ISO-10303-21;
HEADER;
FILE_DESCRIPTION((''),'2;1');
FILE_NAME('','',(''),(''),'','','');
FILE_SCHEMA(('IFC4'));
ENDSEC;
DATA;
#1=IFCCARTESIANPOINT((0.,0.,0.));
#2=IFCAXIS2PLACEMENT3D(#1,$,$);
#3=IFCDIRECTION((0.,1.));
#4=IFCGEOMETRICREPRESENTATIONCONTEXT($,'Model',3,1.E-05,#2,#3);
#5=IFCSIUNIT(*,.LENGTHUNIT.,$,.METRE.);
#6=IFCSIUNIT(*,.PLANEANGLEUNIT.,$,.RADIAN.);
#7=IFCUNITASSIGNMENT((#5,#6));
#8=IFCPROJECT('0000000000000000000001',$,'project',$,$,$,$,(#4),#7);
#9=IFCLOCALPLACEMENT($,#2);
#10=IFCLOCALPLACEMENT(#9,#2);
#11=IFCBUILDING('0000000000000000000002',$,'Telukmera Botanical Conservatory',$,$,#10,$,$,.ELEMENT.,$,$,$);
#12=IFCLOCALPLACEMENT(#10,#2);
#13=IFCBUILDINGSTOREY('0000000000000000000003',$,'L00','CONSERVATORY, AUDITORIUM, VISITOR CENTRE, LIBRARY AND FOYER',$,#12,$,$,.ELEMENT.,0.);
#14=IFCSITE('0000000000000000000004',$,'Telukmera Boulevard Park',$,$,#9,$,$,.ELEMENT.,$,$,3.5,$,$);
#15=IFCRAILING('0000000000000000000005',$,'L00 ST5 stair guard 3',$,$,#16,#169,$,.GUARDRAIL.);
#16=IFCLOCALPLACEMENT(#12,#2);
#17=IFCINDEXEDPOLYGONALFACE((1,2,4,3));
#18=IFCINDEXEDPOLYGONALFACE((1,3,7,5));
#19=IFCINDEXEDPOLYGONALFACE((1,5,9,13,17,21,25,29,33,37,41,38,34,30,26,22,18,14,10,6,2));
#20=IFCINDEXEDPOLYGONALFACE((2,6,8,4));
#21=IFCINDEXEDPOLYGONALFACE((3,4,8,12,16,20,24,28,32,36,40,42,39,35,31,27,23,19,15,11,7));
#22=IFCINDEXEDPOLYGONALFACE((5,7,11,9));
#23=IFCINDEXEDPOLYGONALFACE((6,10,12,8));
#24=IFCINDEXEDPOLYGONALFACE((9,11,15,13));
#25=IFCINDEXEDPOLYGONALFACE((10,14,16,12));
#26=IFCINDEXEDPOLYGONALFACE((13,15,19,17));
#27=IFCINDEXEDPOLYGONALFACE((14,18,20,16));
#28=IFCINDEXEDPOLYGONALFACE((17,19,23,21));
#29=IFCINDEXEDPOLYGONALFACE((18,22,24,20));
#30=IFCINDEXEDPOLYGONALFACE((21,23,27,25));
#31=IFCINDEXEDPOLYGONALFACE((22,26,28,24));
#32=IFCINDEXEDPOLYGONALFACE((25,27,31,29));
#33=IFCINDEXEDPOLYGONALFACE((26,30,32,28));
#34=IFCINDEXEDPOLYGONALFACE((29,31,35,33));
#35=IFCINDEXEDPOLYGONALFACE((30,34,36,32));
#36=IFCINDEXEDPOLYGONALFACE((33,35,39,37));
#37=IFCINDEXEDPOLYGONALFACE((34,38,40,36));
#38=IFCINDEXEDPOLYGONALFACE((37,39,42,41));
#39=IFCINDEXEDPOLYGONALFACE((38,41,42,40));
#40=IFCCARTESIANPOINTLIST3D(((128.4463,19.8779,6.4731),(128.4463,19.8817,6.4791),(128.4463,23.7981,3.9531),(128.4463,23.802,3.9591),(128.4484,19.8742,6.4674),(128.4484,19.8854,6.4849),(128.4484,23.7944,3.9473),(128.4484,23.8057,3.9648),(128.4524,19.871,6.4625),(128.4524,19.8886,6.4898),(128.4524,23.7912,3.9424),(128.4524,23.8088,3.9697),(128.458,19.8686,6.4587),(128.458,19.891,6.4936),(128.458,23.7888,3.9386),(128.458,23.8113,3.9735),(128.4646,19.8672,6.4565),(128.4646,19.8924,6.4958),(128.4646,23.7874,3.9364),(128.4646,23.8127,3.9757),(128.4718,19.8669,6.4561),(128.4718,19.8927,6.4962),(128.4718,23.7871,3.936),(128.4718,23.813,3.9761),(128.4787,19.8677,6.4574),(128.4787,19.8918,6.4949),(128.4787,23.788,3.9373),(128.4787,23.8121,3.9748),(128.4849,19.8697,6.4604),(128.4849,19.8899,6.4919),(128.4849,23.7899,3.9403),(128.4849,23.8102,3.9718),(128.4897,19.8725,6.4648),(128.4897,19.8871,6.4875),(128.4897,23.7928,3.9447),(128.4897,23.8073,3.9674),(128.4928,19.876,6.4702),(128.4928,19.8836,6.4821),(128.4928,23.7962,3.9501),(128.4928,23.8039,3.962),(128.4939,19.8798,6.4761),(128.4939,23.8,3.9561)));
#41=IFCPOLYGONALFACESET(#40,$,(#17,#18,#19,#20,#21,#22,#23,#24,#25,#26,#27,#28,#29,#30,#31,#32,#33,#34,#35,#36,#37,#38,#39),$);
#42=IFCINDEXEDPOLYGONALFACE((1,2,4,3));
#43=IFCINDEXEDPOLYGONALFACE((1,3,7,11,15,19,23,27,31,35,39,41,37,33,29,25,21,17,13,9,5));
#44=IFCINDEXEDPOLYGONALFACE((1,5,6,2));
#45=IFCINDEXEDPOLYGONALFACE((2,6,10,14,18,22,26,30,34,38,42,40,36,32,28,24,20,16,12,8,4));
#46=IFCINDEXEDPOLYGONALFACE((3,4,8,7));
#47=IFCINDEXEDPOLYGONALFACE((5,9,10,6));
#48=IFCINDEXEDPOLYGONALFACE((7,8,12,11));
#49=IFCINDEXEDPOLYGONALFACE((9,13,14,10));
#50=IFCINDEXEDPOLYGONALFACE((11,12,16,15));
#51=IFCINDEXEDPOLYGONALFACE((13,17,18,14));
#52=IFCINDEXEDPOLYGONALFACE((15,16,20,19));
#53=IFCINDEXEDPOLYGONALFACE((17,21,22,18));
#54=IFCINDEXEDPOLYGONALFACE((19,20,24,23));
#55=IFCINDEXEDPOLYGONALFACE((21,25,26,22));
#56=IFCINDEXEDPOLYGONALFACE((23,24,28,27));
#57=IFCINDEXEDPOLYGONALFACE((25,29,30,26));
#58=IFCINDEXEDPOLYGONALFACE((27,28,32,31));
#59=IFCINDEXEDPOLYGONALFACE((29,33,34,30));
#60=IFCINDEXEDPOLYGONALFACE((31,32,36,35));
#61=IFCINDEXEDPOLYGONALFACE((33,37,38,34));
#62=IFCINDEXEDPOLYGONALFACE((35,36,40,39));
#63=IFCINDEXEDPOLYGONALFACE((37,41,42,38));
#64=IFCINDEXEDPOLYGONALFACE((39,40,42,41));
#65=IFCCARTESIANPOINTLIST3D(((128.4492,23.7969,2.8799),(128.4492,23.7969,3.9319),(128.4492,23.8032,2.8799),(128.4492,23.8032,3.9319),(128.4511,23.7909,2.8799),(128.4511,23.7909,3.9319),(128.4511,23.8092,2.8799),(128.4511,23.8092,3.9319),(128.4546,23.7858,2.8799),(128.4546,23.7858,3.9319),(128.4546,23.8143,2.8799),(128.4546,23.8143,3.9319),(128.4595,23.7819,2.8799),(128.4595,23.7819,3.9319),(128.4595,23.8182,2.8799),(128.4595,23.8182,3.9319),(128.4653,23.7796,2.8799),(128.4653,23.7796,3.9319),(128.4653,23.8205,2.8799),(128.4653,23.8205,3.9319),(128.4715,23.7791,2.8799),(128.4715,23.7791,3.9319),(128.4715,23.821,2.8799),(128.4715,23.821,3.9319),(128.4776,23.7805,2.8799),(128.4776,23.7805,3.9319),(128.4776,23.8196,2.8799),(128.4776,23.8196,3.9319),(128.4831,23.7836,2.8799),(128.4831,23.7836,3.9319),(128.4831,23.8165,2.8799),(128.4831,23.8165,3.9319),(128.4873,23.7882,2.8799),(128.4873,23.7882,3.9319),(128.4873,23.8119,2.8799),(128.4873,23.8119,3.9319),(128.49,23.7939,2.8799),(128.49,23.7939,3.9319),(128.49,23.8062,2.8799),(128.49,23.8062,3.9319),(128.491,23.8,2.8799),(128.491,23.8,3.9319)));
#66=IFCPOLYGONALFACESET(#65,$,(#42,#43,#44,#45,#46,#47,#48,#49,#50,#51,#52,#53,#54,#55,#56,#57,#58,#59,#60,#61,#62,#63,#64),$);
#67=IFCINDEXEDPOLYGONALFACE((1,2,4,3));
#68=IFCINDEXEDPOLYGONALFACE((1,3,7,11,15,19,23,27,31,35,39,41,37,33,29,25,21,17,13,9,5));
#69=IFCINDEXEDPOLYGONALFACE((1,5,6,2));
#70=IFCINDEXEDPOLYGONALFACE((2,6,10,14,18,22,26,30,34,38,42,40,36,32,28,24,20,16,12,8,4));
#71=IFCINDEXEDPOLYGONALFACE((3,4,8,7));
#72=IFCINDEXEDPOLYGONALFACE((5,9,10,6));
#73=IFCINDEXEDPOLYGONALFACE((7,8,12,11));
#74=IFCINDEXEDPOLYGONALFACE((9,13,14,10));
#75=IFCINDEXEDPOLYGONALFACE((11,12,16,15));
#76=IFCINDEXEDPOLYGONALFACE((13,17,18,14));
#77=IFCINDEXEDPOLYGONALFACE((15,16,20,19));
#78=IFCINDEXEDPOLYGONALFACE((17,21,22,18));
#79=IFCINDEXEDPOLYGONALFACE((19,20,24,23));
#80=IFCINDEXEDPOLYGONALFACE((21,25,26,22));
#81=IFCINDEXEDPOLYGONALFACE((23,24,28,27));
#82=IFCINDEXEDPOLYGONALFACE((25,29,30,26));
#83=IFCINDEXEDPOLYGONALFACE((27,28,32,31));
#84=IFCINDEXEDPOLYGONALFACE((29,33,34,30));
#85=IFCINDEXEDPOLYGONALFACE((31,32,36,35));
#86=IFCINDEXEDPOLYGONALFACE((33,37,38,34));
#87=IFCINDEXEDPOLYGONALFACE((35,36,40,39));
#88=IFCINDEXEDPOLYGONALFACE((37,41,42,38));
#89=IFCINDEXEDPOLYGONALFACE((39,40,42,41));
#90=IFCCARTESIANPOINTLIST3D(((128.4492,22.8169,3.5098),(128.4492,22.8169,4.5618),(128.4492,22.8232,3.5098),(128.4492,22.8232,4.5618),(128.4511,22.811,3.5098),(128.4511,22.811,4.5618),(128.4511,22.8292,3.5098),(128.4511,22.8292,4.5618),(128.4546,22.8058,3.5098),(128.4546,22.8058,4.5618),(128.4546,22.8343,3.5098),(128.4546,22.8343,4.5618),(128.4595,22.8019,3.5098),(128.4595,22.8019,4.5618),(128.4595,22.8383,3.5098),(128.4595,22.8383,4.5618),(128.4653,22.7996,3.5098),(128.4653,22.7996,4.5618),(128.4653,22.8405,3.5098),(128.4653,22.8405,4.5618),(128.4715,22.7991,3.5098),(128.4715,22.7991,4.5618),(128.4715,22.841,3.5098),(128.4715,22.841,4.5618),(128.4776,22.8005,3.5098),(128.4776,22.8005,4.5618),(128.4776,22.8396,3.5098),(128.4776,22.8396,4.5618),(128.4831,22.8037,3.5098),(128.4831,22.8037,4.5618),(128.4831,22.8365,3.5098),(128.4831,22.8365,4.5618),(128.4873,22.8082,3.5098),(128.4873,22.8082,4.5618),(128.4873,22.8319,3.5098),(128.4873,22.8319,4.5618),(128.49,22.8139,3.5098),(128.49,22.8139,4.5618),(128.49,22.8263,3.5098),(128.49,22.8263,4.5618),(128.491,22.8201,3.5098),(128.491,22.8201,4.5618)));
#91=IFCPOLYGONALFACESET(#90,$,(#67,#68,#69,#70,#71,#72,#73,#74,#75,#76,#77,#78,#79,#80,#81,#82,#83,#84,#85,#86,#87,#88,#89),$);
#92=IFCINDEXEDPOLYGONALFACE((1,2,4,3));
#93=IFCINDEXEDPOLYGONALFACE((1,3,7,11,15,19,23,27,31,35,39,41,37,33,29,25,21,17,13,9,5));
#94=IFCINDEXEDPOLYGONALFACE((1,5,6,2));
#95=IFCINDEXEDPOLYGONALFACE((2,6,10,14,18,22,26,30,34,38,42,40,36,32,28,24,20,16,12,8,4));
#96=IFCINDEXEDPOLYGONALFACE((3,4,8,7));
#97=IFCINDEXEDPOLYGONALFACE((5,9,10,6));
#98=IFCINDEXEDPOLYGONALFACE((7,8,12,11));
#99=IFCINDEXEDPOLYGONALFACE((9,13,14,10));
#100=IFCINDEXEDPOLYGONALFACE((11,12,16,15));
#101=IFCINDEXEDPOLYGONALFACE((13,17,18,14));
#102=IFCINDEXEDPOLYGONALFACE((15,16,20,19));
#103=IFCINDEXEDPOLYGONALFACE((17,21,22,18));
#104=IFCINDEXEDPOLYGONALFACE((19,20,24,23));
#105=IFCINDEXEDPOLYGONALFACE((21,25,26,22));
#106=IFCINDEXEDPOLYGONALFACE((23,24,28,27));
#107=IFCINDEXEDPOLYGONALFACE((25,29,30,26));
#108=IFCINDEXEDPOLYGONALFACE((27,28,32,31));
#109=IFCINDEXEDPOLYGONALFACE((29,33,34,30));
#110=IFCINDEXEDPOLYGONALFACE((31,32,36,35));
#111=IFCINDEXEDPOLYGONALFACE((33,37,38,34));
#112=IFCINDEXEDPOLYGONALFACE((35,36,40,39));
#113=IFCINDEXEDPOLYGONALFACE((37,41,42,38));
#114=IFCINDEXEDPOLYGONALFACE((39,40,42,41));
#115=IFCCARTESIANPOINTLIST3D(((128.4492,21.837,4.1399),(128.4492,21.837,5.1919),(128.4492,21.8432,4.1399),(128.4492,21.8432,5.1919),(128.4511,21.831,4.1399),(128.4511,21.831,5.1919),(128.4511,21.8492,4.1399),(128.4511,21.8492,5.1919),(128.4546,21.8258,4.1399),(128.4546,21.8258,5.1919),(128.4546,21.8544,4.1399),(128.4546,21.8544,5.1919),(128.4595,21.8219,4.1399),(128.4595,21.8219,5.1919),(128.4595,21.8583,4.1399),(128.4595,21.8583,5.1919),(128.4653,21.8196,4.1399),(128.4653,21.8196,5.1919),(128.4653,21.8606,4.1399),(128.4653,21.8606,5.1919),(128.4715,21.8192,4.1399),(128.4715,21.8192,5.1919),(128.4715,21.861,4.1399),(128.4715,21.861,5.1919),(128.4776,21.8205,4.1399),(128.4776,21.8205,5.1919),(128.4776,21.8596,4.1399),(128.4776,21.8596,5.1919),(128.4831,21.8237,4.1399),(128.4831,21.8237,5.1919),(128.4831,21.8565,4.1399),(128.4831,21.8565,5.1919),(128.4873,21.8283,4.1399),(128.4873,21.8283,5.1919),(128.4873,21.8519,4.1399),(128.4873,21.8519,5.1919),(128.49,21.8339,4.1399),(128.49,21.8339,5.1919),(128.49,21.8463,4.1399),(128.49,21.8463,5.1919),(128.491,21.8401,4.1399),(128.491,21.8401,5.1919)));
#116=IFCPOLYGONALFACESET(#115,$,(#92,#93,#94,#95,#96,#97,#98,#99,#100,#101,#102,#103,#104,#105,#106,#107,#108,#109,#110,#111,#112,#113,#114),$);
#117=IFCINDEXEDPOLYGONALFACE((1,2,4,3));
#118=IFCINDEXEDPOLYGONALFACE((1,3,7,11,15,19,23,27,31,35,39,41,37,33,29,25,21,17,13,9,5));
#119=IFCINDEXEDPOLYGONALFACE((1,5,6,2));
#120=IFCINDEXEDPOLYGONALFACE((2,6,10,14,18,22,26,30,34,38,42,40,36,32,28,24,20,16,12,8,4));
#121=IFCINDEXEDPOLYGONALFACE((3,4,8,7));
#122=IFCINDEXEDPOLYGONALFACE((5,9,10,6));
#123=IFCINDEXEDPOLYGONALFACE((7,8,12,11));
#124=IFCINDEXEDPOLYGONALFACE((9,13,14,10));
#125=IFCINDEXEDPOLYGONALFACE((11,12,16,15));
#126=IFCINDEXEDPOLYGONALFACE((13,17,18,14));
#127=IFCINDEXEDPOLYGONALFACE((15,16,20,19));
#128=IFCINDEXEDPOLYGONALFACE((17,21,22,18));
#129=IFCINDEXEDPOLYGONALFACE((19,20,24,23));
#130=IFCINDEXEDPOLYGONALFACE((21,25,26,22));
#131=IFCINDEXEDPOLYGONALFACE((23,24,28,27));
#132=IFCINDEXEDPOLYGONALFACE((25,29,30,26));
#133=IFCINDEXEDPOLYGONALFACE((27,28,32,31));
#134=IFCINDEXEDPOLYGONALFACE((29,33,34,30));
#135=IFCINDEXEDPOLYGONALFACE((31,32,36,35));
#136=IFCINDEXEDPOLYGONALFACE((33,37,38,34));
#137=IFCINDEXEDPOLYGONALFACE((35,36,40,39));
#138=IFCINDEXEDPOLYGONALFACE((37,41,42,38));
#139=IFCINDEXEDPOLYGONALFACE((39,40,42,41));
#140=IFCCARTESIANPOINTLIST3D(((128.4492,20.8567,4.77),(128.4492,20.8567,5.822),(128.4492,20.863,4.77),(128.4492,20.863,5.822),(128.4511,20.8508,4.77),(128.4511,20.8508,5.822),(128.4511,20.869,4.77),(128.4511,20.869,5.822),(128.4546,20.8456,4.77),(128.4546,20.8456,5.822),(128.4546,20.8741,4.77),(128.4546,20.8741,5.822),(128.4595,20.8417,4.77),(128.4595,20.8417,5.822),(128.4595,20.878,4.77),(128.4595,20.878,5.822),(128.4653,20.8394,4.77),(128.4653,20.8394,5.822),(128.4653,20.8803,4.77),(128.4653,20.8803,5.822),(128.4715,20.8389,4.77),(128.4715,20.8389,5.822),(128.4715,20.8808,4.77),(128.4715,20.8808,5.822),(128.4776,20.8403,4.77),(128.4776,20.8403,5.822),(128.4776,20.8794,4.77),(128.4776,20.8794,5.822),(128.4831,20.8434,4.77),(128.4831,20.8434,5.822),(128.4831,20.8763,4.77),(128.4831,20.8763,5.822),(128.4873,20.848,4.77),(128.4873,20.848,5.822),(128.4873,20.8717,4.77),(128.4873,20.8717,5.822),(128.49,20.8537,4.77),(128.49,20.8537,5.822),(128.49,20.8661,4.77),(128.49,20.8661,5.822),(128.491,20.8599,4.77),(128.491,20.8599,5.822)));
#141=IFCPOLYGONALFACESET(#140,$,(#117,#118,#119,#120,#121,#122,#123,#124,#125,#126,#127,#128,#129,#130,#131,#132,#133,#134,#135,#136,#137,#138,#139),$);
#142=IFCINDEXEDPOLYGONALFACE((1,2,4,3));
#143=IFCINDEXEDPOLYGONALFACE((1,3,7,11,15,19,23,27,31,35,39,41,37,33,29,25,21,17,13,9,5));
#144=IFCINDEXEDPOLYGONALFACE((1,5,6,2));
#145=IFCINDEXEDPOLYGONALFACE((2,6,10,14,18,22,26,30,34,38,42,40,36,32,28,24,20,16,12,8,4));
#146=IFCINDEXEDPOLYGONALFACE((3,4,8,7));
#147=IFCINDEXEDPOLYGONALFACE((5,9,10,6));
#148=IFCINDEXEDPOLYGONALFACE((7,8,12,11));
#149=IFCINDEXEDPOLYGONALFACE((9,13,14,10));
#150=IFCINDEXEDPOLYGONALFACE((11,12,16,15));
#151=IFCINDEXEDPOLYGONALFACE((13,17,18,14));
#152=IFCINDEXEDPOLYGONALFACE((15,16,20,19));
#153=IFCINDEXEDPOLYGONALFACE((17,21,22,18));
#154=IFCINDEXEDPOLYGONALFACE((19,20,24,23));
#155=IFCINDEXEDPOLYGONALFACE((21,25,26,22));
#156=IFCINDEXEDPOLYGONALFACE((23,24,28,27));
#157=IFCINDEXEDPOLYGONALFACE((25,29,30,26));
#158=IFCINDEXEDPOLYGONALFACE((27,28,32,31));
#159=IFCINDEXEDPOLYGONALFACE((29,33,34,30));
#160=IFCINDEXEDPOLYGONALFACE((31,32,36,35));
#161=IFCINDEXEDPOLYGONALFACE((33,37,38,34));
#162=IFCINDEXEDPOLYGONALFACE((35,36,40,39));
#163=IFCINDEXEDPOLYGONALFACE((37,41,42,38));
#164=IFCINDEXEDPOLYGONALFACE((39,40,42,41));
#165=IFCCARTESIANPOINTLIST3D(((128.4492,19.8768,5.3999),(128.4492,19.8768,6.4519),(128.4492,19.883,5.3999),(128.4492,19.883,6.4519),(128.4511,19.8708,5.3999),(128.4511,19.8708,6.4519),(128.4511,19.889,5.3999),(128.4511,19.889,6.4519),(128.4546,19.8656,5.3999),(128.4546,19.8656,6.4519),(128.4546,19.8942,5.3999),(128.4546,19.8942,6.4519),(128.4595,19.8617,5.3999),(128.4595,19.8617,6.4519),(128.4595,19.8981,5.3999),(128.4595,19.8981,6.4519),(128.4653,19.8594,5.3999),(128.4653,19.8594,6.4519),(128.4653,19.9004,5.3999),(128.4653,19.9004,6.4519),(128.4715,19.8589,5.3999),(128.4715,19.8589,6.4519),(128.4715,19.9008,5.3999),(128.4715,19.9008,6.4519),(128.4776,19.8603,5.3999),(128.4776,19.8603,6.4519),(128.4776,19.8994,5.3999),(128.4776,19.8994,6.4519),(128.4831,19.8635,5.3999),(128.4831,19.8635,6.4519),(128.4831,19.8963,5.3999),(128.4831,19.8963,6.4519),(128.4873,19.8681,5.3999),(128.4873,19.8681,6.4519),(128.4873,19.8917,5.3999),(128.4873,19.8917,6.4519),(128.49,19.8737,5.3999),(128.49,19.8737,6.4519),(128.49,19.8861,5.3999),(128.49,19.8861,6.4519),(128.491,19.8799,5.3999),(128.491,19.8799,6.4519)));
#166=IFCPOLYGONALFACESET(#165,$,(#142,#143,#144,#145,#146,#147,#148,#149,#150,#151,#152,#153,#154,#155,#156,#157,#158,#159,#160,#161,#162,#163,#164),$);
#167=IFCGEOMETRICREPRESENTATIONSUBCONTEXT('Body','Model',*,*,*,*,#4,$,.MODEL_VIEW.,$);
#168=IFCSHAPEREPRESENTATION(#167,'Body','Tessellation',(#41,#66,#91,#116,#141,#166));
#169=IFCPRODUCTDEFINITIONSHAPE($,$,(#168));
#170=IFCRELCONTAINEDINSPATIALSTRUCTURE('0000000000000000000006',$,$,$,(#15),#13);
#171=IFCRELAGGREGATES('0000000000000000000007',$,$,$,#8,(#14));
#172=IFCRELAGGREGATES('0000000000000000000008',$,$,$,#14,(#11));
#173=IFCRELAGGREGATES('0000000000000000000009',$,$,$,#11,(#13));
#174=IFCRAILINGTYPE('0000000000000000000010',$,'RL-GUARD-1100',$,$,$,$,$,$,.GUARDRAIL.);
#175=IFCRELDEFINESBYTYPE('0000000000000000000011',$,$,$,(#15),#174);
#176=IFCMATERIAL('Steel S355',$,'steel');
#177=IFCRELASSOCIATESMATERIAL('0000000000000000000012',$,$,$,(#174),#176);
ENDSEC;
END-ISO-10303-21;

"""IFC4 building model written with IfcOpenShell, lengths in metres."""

from ifc_helpers import new_model, si_unit, direction, frame, origin, origin_2d, place, context, subcontext, project, spatial, circle, extrude, material, type_object, element, save


model = new_model("IFC4")

# Units and contexts
model_context = context("Model", 3, precision=1e-05, world=origin(), true_north=direction((0.0, 1.0)))
body_context = subcontext(model_context, "Body", "Model", "MODEL_VIEW")
ifc_project = project(units=[si_unit("LENGTHUNIT", "METRE"), si_unit("PLANEANGLEUNIT", "RADIAN")], contexts=[model_context])

# Site, building, storey
site_placement = place(None, origin())
site = spatial("IfcSite", under=ifc_project, at=site_placement, Name="Telukmera Boulevard Park", CompositionType="ELEMENT", RefElevation=3.5)
building_placement = place(site_placement, origin())
building = spatial("IfcBuilding", under=site, at=building_placement, Name="Telukmera Botanical Conservatory", CompositionType="ELEMENT")
storey_placement = place(building_placement, origin())
storey = spatial("IfcBuildingStorey", under=building, at=storey_placement, Name="L00", Description="CONSERVATORY, AUDITORIUM, VISITOR CENTRE, LIBRARY AND FOYER", CompositionType="ELEMENT", Elevation=0.0)

# Shared definitions
ifc_material_1 = material(Name="Steel S355", Category="steel")

# Railing
railing_type_1 = type_object("IfcRailingType", Name="RL-GUARD-1100", PredefinedType="GUARDRAIL", material=ifc_material_1)
railing_1_placement = place(storey_placement, frame((128.47, 23.8, 2.8799)))
element("IfcRailing", 1, at=railing_1_placement, inside=storey, type_object=railing_type_1, Name="L00 ST5 stair guard 3", PredefinedType="GUARDRAIL", context=body_context, shape_type="SweptSolid", body=[
    extrude(circle(Radius=0.0239, at=origin_2d()), frame((0.0, 0.0, 1.0762), z_axis=(0.0, -0.841187, 0.540744), x_axis=(1.0, 0.0, 0.0)), (0.0, 0.0, 1.0), 4.6604),
    extrude(circle(Radius=0.021, at=origin_2d()), origin(), (0.0, 0.0, 1.0), 1.052),
    extrude(circle(Radius=0.021, at=origin_2d()), frame((0.0, -0.98, 0.6299)), (0.0, 0.0, 1.0), 1.052),
    extrude(circle(Radius=0.021, at=origin_2d()), frame((0.0, -1.96, 1.26)), (0.0, 0.0, 1.0), 1.052),
    extrude(circle(Radius=0.021, at=origin_2d()), frame((0.0, -2.9402, 1.8901)), (0.0, 0.0, 1.0), 1.052),
    extrude(circle(Radius=0.021, at=origin_2d()), frame((0.0, -3.9202, 2.52)), (0.0, 0.0, 1.0), 1.052),
])

save(model, "model.ifc")
